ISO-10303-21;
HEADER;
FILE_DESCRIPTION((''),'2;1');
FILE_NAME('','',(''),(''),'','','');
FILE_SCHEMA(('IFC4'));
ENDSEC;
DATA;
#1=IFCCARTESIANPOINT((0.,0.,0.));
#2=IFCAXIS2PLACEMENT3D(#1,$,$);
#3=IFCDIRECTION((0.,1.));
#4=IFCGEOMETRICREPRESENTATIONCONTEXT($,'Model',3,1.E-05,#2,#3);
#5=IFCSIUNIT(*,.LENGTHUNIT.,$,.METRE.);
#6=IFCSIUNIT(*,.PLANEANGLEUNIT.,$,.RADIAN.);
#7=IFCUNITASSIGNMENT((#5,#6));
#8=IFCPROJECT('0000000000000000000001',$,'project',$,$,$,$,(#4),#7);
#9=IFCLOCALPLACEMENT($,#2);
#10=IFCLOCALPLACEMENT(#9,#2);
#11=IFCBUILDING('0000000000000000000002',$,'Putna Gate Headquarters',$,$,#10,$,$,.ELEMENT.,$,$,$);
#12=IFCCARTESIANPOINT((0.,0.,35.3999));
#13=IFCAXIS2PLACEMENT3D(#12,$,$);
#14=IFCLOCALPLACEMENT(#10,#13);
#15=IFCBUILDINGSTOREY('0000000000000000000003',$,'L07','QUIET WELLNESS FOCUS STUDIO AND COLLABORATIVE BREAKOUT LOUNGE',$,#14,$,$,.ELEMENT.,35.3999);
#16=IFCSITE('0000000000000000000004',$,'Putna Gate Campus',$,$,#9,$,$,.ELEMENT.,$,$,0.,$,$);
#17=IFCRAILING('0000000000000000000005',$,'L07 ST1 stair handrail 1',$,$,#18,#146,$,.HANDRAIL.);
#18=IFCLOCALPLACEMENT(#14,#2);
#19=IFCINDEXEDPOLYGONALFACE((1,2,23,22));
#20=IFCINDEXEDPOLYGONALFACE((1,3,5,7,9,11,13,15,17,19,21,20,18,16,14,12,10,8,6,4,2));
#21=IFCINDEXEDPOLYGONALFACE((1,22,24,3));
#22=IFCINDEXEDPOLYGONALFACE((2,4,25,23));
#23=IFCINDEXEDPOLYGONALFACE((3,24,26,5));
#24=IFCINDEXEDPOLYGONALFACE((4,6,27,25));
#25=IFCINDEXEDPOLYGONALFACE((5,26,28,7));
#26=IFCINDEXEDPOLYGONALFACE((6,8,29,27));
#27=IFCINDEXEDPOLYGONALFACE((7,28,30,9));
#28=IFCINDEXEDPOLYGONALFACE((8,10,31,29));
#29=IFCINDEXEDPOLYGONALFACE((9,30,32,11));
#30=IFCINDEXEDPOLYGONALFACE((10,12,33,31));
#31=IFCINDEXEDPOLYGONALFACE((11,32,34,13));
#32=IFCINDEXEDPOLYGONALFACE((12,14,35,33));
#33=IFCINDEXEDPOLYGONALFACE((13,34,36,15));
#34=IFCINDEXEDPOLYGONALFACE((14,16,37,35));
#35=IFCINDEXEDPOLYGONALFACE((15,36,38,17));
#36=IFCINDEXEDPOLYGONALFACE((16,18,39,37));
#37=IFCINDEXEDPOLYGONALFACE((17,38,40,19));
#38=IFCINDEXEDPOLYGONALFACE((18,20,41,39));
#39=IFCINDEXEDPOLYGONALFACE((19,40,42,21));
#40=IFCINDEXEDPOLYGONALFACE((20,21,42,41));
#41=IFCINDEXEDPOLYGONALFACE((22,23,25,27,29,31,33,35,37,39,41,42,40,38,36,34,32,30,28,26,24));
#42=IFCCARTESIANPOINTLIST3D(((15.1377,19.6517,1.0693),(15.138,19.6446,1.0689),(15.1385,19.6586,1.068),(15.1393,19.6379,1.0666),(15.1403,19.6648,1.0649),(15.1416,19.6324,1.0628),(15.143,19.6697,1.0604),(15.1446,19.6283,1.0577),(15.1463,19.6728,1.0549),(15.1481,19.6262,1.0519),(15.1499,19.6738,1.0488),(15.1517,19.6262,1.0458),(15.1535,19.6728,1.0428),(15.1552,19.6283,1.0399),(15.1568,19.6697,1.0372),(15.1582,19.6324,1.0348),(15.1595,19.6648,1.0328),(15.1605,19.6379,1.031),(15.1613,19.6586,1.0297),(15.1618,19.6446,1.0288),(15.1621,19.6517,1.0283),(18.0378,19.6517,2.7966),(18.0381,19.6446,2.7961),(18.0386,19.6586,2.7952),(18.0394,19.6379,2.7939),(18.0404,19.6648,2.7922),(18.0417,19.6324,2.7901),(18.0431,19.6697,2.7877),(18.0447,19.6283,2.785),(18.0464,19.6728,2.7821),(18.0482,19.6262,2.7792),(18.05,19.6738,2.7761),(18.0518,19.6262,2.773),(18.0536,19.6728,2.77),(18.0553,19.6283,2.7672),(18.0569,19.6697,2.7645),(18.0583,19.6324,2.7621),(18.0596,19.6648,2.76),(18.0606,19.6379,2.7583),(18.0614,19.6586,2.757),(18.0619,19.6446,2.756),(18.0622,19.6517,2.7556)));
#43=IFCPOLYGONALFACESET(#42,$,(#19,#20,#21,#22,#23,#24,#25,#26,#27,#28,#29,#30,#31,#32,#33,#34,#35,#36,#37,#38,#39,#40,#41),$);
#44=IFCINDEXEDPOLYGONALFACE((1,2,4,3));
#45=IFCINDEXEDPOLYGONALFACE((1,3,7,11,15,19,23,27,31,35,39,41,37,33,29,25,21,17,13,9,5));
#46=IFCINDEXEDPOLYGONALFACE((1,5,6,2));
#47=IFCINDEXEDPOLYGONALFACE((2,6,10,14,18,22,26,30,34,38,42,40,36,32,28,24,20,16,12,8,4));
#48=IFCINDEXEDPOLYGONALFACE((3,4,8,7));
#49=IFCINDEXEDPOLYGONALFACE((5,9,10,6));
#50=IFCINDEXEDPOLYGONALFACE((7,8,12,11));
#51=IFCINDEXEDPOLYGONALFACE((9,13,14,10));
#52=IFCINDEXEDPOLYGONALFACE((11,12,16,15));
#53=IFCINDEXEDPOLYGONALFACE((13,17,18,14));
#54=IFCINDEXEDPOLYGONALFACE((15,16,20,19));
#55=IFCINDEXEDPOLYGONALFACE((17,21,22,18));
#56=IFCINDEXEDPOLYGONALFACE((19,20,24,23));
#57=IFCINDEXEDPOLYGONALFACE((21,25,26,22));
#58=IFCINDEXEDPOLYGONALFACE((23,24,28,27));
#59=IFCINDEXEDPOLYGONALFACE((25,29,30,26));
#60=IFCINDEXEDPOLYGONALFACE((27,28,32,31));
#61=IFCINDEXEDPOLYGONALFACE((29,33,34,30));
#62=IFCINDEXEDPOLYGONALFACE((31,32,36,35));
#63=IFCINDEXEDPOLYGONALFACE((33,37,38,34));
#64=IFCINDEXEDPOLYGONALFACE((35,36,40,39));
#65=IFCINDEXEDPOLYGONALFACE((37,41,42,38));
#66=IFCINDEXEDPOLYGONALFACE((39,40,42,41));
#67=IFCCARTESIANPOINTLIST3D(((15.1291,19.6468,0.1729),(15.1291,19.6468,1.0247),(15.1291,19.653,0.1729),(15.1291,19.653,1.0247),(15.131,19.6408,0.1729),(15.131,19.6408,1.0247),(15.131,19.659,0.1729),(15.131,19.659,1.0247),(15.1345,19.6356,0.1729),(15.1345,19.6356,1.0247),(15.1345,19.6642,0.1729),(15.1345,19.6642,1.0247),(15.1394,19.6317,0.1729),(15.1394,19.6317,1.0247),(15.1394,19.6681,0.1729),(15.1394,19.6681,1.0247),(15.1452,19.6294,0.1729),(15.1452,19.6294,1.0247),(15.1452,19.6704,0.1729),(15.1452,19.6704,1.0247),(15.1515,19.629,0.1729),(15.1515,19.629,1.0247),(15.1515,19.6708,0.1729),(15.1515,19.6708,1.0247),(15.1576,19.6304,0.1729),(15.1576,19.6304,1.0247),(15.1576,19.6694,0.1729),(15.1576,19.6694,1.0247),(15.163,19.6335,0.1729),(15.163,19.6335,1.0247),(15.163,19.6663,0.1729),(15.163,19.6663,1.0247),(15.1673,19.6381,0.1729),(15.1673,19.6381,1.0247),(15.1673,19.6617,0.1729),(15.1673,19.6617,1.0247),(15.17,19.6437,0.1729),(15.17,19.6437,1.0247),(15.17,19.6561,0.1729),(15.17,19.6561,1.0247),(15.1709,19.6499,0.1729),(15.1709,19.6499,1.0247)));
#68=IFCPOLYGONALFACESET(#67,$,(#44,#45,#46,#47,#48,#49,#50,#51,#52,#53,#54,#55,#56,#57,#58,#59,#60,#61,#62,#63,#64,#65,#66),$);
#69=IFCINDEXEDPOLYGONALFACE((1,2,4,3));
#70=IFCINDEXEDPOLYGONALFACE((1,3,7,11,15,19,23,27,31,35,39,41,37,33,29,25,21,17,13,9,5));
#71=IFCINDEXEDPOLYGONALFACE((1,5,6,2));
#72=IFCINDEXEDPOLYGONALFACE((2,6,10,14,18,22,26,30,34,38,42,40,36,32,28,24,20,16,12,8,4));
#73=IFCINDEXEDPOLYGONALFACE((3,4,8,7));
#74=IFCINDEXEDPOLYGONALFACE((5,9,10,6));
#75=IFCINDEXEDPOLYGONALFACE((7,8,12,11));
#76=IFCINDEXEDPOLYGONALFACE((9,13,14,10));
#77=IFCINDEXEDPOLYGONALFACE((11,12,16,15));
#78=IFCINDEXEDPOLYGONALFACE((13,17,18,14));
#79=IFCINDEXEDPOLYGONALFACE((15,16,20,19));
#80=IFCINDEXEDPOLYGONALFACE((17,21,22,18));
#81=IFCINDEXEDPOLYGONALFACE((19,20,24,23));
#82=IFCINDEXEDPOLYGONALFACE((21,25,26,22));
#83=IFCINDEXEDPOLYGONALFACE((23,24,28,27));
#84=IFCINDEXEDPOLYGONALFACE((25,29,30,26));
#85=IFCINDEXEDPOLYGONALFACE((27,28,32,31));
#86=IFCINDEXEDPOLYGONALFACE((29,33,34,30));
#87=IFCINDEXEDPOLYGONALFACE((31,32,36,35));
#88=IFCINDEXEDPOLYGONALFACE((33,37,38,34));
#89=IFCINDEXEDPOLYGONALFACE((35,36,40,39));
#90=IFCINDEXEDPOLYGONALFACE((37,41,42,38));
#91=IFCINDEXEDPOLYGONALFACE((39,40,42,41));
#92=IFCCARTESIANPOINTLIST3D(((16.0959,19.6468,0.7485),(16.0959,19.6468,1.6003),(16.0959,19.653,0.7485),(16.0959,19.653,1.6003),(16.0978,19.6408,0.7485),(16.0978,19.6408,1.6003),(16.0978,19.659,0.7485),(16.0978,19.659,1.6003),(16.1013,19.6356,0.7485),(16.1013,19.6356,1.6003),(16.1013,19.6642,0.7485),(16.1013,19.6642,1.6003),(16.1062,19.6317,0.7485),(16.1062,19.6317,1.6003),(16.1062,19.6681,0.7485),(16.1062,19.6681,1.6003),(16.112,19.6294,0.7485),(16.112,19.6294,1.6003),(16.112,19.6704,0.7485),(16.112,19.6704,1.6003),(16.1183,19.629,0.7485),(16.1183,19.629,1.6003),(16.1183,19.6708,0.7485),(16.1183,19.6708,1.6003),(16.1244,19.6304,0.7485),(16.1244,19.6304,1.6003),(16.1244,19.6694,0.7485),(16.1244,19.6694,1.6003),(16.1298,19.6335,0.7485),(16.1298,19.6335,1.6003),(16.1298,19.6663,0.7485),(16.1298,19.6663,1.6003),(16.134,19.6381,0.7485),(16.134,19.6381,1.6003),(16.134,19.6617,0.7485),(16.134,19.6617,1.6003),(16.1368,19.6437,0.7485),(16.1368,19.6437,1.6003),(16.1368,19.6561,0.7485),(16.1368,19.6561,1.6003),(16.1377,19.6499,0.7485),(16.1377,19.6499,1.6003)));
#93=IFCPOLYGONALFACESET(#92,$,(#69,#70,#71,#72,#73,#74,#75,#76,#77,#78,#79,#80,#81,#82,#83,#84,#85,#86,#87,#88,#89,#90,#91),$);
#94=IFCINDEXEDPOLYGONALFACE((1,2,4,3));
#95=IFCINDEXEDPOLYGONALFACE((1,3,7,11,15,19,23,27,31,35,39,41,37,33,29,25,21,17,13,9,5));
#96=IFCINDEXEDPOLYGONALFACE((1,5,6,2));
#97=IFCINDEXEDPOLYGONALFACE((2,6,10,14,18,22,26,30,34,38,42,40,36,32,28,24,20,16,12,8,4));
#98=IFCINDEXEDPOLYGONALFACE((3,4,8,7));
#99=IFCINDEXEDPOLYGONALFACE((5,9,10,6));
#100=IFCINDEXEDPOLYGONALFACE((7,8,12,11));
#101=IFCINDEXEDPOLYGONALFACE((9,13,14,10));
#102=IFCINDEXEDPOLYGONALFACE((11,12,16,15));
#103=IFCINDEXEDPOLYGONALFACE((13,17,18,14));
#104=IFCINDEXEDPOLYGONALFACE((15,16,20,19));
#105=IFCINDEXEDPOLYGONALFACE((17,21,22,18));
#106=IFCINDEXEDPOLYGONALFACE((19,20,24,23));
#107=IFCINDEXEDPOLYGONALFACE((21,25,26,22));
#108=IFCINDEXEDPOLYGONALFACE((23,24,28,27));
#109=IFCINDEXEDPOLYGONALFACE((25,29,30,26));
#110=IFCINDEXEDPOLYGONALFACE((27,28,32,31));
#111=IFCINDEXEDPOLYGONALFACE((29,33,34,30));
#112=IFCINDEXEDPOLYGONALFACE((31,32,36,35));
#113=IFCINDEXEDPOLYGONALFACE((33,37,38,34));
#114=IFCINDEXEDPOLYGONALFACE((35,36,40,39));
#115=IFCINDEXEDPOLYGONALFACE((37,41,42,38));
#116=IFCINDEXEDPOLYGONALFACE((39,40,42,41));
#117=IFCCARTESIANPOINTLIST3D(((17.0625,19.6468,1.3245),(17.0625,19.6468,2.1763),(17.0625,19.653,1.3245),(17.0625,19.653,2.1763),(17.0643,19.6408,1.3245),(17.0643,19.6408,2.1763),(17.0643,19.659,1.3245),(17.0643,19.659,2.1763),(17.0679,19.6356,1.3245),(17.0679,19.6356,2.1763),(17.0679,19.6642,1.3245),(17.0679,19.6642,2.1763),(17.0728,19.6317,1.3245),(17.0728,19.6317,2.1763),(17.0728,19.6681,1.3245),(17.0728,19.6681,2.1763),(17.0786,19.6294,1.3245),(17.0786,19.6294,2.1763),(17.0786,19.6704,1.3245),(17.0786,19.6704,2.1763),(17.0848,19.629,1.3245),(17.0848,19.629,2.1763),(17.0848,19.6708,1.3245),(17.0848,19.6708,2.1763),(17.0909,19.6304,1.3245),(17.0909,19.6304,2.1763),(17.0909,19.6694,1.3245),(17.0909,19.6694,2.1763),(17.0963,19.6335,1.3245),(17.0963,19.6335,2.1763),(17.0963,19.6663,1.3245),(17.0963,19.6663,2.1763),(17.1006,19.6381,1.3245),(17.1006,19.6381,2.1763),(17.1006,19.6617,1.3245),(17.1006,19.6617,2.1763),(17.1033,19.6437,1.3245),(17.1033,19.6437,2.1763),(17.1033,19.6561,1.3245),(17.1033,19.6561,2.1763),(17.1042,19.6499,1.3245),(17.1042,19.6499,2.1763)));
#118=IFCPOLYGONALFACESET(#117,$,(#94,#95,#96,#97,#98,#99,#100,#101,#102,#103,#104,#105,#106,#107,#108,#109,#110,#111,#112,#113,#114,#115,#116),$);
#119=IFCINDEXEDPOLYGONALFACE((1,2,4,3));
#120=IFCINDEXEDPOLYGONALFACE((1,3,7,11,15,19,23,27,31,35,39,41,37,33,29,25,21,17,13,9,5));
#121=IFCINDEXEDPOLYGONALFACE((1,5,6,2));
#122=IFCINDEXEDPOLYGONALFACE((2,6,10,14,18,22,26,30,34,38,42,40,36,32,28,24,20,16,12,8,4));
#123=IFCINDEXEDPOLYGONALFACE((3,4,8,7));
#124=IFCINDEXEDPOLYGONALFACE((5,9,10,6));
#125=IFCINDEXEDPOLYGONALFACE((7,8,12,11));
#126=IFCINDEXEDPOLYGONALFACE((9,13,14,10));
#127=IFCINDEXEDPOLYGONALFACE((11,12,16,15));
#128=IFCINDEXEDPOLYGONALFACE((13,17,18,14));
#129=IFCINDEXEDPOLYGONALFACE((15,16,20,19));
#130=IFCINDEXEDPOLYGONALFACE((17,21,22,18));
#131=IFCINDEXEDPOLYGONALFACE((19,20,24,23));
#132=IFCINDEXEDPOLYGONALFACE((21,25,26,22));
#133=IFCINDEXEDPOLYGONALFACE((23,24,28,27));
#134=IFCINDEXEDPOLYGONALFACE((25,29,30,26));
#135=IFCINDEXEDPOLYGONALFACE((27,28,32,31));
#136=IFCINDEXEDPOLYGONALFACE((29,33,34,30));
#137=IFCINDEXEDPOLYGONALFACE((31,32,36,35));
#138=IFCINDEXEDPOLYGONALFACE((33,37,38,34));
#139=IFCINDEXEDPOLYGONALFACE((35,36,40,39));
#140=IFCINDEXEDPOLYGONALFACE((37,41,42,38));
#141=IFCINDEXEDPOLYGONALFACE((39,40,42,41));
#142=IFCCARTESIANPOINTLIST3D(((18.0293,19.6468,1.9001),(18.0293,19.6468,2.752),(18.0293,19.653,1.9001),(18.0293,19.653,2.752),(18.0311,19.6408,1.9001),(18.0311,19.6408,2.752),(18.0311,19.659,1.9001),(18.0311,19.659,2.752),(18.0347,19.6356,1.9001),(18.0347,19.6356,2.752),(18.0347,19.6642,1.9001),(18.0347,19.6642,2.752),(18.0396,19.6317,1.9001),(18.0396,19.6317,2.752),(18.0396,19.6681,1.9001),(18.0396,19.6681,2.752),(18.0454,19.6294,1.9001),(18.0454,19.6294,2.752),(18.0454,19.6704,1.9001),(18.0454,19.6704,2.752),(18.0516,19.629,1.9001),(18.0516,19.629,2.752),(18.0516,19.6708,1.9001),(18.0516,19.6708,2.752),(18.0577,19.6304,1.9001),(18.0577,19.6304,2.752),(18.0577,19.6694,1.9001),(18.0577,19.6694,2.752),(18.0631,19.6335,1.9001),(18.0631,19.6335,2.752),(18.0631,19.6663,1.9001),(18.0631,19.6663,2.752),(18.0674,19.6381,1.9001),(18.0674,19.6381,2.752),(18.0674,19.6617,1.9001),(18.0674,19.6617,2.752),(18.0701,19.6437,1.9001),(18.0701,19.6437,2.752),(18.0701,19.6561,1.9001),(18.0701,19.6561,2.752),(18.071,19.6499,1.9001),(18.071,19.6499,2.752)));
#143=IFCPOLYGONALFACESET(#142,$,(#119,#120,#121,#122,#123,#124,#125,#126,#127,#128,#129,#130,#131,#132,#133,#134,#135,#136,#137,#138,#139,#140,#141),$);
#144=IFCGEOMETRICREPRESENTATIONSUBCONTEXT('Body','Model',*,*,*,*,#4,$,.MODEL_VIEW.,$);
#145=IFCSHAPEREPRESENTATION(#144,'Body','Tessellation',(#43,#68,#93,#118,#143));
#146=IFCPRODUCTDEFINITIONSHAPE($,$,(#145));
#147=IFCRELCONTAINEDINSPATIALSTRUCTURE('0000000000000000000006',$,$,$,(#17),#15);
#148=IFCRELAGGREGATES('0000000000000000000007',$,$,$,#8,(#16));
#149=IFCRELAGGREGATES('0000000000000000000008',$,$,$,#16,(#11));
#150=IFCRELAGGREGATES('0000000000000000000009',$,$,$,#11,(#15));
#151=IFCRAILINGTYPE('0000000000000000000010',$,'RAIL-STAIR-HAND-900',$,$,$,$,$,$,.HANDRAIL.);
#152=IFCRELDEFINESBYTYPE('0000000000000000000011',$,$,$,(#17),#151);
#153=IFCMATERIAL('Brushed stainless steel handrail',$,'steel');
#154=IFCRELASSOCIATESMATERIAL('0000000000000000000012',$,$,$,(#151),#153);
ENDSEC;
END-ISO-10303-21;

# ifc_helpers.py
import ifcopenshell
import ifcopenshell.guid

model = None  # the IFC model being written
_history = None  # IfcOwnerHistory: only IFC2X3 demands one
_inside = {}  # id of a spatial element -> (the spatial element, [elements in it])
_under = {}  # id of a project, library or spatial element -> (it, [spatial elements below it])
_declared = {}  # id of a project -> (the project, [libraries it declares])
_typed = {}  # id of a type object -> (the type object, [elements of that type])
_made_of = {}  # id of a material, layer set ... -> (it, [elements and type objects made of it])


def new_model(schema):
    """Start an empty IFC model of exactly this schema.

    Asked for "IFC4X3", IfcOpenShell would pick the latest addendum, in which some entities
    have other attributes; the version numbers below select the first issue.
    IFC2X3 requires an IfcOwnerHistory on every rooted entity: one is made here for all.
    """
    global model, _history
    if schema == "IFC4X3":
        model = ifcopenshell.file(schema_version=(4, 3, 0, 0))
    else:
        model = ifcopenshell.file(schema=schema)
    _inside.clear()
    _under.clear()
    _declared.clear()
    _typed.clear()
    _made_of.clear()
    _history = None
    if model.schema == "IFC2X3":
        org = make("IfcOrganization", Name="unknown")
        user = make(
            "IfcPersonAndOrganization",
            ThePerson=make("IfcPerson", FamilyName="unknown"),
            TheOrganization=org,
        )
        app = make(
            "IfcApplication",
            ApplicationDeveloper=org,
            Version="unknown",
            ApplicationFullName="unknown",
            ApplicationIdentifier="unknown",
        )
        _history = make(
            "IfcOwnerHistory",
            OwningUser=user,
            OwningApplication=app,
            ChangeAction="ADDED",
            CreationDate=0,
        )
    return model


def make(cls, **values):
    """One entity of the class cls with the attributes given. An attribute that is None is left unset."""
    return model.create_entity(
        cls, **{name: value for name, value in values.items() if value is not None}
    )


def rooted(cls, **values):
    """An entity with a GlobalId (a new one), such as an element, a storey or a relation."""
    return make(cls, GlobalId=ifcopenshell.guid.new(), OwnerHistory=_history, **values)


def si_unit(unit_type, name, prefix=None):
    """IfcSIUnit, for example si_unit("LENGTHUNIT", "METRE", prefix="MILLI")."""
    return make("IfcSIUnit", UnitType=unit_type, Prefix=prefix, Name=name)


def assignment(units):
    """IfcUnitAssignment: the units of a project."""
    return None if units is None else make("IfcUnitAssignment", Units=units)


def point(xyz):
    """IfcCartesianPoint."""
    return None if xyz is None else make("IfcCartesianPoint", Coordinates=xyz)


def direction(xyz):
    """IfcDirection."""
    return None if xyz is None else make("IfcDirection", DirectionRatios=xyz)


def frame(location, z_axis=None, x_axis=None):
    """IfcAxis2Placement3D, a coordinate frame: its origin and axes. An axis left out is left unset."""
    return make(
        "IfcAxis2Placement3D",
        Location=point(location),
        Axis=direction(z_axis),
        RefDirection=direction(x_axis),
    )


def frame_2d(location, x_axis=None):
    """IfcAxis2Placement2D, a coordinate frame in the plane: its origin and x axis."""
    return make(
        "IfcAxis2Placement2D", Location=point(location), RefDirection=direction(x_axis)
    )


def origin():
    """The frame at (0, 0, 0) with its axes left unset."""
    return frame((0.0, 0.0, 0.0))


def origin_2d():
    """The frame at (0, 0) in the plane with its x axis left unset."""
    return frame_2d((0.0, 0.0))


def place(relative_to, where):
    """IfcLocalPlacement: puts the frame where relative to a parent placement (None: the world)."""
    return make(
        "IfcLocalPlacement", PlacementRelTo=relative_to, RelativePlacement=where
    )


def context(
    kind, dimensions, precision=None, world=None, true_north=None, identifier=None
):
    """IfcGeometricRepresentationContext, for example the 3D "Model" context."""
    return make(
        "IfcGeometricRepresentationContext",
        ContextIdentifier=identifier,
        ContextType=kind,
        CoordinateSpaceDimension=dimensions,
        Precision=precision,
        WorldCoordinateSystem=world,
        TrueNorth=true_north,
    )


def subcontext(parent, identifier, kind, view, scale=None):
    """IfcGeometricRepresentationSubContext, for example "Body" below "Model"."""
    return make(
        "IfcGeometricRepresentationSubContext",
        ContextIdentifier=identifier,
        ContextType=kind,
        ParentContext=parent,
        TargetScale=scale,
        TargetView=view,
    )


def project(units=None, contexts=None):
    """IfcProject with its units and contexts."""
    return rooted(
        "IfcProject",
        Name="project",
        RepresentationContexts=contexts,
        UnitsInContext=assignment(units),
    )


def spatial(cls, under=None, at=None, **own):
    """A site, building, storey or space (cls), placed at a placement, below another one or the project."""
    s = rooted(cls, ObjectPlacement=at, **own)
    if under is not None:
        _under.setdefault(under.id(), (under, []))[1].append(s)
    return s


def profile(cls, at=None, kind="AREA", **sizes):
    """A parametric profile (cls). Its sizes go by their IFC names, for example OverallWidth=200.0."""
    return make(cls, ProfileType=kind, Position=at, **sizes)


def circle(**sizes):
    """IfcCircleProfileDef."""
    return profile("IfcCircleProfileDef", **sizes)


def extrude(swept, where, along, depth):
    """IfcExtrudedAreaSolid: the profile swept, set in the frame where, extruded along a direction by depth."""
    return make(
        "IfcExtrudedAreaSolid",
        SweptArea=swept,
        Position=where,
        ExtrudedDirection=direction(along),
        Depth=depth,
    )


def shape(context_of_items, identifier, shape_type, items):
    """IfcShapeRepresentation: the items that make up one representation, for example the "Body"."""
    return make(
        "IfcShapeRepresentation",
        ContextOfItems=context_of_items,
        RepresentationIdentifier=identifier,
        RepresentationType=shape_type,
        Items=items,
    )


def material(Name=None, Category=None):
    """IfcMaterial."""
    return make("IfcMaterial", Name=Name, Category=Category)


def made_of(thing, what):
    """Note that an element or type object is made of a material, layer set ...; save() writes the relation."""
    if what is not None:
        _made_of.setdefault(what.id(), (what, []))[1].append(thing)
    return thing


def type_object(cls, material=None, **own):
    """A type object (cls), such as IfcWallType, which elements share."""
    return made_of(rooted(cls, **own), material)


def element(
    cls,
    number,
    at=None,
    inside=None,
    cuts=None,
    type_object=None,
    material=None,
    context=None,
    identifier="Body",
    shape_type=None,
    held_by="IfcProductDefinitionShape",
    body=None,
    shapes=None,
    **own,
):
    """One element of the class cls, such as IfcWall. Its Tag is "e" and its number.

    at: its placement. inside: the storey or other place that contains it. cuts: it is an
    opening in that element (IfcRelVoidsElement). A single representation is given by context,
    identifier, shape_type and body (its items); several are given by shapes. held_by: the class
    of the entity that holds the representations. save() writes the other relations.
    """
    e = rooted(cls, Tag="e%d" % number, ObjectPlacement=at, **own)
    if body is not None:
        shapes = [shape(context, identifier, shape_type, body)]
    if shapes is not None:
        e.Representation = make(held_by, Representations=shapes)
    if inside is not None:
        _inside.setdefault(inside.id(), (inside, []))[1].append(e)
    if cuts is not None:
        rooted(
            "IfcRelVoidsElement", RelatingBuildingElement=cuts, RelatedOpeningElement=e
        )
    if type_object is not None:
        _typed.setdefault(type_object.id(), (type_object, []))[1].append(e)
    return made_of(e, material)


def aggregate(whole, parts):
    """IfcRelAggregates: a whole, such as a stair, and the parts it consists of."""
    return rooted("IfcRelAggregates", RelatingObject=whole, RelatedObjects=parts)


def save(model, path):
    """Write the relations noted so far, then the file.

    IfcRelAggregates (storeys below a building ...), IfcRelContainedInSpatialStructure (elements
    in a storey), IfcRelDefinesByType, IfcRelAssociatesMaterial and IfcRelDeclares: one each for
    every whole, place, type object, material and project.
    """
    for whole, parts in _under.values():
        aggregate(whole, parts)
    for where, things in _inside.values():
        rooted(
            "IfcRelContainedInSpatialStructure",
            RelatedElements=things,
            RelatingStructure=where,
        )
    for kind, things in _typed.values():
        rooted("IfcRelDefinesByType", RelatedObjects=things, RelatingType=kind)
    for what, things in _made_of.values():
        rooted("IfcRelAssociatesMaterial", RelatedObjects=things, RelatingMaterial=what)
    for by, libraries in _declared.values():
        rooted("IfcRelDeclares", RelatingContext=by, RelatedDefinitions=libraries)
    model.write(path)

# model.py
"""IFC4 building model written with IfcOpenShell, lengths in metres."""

from ifc_helpers import new_model, si_unit, direction, frame, origin, origin_2d, place, context, subcontext, project, spatial, circle, extrude, material, type_object, element, save


model = new_model("IFC4")

# Units and contexts
model_context = context("Model", 3, precision=1e-05, world=origin(), true_north=direction((0.0, 1.0)))
body_context = subcontext(model_context, "Body", "Model", "MODEL_VIEW")
ifc_project = project(units=[si_unit("LENGTHUNIT", "METRE"), si_unit("PLANEANGLEUNIT", "RADIAN")], contexts=[model_context])

# Site, building, storey
site_placement = place(None, origin())
site = spatial("IfcSite", under=ifc_project, at=site_placement, Name="Putna Gate Campus", CompositionType="ELEMENT", RefElevation=0.0)
building_placement = place(site_placement, origin())
building = spatial("IfcBuilding", under=site, at=building_placement, Name="Putna Gate Headquarters", CompositionType="ELEMENT")
storey_placement = place(building_placement, frame((0.0, 0.0, 35.3999)))
storey = spatial("IfcBuildingStorey", under=building, at=storey_placement, Name="L07", Description="QUIET WELLNESS FOCUS STUDIO AND COLLABORATIVE BREAKOUT LOUNGE", CompositionType="ELEMENT", Elevation=35.3999)

# Railing
ifc_material_1 = material(Name="Brushed stainless steel handrail", Category="steel")
railing_type_1 = type_object("IfcRailingType", Name="RAIL-STAIR-HAND-900", PredefinedType="HANDRAIL", material=ifc_material_1)
railing_1_placement = place(storey_placement, frame((15.1499, 19.6499, 0.1729)))
element("IfcRailing", 1, at=railing_1_placement, inside=storey, type_object=railing_type_1, Name="L07 ST1 stair handrail 1", PredefinedType="HANDRAIL", context=body_context, shape_type="SweptSolid", body=[
    extrude(circle(Radius=0.0239, at=origin_2d()), frame((0.0, 0.0, 0.876), z_axis=(0.85916, 0.0, 0.511706), x_axis=(0.0, 1.0, 0.0)), (0.0, 0.0, 1.0), 3.3755),
    extrude(circle(Radius=0.021, at=origin_2d()), origin(), (0.0, 0.0, 1.0), 0.8518),
    extrude(circle(Radius=0.021, at=origin_2d()), frame((0.9668, 0.0, 0.5757)), (0.0, 0.0, 1.0), 0.8518),
    extrude(circle(Radius=0.021, at=origin_2d()), frame((1.9333, 0.0, 1.1516)), (0.0, 0.0, 1.0), 0.8518),
    extrude(circle(Radius=0.021, at=origin_2d()), frame((2.9001, 0.0, 1.7273)), (0.0, 0.0, 1.0), 0.8518),
])

save(model, "model.ifc")
